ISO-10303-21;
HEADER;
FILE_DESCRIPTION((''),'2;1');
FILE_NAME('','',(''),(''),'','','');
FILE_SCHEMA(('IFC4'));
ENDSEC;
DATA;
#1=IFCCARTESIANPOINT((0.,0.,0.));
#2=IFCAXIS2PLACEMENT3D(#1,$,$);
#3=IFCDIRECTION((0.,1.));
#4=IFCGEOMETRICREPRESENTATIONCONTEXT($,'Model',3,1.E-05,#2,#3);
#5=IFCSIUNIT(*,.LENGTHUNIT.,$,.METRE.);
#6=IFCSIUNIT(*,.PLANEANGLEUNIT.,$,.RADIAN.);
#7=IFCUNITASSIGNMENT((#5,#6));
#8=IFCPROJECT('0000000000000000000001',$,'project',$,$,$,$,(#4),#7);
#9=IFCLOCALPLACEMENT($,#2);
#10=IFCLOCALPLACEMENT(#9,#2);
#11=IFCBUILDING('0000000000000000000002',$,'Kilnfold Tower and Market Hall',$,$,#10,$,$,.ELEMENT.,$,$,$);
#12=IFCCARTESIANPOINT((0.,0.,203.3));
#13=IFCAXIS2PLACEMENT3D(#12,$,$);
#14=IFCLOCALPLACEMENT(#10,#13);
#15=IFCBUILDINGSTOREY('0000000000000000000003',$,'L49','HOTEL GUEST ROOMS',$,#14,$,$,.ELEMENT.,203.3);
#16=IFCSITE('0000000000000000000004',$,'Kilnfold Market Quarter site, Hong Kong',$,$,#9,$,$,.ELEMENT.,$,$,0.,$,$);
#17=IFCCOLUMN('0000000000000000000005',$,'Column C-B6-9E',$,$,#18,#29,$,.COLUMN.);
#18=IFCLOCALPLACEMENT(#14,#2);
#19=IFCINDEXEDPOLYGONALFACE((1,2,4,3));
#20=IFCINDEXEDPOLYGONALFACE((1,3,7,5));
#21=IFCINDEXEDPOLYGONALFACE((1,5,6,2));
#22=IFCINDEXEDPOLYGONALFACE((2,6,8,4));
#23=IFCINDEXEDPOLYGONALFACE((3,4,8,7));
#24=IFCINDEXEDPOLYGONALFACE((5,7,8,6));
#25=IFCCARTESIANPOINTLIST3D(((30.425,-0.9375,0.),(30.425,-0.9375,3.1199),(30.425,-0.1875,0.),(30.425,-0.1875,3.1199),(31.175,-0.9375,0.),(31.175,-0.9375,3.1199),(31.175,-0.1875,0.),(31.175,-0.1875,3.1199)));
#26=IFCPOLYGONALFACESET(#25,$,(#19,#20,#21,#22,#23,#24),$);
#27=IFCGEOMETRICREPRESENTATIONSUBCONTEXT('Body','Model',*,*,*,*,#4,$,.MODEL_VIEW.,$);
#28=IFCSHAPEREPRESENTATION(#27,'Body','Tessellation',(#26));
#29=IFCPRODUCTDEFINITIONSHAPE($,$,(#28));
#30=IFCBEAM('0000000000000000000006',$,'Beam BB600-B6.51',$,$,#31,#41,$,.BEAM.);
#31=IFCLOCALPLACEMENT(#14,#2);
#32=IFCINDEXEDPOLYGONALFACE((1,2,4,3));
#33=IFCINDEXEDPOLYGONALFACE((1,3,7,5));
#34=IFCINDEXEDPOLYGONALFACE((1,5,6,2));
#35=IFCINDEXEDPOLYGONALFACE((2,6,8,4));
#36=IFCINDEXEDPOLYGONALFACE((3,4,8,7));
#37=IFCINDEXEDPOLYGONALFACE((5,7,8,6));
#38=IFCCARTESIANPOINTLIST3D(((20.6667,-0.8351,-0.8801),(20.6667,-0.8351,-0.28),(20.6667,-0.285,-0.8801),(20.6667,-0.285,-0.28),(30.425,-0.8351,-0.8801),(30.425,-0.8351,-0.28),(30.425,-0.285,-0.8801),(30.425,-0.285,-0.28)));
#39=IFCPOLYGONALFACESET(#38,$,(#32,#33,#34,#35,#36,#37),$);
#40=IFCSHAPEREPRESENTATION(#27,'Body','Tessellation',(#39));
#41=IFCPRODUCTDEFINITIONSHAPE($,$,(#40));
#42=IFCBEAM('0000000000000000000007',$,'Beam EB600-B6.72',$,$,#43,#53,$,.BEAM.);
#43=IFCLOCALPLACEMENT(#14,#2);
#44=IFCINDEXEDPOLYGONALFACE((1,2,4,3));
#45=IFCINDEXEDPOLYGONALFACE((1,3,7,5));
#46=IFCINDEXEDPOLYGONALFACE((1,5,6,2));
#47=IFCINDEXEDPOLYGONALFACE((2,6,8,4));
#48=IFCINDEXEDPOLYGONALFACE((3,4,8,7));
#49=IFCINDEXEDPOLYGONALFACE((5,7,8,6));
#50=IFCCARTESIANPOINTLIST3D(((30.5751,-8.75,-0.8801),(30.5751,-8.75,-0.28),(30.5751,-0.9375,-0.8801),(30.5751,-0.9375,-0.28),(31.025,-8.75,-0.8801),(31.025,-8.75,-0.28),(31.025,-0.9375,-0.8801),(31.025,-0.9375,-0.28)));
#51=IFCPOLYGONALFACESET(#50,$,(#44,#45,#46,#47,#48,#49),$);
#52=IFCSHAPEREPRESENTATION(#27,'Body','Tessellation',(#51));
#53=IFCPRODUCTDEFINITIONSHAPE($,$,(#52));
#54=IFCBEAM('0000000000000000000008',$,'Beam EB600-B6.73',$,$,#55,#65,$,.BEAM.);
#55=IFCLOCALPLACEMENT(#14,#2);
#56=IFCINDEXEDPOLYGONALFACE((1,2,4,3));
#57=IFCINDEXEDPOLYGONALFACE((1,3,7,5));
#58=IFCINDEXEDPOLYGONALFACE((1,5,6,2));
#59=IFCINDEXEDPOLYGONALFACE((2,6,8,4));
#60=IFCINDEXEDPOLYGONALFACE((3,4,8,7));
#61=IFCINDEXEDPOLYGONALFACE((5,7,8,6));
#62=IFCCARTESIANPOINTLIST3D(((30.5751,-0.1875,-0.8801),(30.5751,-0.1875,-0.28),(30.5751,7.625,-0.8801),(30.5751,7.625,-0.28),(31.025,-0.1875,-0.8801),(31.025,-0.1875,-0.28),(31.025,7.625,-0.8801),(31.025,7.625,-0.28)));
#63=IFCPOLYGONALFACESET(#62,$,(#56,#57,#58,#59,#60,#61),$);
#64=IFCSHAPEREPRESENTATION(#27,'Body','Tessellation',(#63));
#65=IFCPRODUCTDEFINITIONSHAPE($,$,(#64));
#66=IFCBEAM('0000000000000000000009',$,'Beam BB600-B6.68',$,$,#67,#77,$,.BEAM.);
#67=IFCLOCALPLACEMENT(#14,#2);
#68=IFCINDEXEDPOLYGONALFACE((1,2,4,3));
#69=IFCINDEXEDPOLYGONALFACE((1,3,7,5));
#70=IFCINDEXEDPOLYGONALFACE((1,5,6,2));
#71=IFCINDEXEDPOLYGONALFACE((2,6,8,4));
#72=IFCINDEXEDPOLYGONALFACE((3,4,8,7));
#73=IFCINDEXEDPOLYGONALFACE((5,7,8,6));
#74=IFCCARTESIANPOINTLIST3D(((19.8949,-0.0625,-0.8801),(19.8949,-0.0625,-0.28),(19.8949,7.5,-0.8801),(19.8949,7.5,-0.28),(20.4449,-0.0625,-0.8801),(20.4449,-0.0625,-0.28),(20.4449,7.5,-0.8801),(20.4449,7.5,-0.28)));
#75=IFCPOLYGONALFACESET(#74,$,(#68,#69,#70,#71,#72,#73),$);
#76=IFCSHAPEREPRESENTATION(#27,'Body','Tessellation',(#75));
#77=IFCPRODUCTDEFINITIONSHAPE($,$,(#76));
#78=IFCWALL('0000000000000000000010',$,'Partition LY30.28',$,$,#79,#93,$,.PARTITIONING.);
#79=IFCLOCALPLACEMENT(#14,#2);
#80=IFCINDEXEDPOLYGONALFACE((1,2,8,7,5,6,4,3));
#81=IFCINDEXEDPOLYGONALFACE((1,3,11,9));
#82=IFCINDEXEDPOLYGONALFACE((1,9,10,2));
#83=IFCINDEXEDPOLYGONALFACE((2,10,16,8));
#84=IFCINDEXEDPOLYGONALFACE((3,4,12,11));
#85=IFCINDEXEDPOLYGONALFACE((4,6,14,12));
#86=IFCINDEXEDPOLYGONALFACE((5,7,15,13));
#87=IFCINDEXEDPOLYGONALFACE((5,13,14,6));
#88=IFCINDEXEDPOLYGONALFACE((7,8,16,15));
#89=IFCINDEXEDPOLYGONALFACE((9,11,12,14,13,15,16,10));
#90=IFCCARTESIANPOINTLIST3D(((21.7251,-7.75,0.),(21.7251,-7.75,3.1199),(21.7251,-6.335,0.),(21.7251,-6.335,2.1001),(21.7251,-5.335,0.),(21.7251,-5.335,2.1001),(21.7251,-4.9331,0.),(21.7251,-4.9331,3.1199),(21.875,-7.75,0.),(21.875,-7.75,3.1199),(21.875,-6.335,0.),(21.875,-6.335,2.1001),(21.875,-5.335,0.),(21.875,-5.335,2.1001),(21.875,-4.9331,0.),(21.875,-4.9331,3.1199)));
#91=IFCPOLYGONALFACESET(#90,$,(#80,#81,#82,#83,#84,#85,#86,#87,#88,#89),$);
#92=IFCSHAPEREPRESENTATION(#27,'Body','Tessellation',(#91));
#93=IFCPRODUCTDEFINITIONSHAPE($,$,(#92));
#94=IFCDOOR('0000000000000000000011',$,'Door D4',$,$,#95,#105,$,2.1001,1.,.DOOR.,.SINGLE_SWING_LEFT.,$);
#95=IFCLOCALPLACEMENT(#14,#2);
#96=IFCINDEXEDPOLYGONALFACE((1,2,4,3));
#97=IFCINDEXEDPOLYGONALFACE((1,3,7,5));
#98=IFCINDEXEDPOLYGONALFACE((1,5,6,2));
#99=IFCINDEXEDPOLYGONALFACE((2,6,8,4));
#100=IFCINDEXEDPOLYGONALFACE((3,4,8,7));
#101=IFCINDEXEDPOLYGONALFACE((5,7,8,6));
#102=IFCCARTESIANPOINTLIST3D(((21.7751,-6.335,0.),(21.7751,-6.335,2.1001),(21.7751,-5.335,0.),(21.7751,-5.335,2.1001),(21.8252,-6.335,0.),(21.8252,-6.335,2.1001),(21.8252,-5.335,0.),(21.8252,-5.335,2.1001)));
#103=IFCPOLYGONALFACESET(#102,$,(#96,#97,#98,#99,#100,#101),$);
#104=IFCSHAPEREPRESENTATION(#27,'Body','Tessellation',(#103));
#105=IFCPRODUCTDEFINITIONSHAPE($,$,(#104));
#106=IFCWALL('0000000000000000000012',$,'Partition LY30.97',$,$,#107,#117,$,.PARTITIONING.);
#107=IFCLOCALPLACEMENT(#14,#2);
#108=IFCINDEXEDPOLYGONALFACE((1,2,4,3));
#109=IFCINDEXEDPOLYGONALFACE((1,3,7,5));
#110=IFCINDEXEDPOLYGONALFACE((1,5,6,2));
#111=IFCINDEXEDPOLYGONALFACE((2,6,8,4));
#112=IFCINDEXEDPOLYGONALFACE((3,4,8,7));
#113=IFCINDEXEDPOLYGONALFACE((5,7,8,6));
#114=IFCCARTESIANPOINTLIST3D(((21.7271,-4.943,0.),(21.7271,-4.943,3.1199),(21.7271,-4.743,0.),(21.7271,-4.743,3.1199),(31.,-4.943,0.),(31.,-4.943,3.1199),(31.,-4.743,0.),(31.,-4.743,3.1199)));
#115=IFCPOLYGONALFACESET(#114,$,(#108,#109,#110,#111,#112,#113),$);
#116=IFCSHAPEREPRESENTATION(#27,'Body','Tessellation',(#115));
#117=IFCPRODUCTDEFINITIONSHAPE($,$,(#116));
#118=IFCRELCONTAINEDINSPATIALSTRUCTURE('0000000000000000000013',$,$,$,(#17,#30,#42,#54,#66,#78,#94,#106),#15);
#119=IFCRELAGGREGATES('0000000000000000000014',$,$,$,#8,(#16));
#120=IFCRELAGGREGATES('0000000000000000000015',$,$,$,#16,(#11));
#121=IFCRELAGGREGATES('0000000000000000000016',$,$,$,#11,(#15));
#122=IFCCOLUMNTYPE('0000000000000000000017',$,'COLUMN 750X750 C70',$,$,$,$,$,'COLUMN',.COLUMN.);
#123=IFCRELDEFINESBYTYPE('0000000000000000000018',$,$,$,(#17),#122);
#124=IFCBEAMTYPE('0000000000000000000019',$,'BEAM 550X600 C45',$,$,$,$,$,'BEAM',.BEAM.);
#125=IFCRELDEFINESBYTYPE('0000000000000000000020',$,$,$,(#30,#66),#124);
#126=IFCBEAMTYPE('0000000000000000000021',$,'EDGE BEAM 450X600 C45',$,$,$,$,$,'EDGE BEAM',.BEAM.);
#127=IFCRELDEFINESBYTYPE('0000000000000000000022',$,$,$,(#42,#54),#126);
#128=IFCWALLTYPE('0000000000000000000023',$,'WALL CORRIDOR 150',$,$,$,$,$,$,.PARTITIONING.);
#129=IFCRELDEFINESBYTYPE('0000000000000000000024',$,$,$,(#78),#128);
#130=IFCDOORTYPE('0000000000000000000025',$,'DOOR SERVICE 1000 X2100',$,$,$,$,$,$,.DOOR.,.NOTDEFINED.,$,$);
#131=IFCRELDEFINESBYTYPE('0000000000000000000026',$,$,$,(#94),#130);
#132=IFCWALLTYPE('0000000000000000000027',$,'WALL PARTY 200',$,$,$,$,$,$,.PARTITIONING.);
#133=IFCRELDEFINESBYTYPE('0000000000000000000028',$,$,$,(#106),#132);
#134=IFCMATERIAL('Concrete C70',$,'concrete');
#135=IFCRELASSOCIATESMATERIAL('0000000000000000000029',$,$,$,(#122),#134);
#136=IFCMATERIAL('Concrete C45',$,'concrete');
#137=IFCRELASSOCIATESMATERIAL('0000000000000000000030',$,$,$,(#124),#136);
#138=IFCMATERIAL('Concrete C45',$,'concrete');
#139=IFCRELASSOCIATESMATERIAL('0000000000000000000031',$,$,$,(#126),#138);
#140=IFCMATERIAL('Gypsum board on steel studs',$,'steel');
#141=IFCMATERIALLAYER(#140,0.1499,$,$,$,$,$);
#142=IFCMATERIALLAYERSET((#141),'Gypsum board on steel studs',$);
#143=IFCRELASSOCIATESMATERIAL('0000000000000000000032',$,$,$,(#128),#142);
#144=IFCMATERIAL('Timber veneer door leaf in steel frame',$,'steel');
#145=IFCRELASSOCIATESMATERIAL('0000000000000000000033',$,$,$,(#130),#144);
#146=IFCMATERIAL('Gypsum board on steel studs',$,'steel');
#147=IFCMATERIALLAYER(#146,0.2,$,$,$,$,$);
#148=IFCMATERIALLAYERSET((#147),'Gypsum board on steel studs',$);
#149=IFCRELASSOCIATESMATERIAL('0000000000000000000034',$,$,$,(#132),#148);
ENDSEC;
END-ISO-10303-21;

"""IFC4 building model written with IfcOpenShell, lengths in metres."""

from ifc_helpers import new_model, si_unit, direction, frame, frame_2d, origin, origin_2d, place, context, subcontext, project, spatial, rectangle, extrude, source, transform, mapped, material, layer, layer_set, material_profile, profile_set, type_object, element, fill, save


model = new_model("IFC4")

# Units and contexts
model_context = context("Model", 3, precision=1e-05, world=origin(), true_north=direction((0.0, 1.0)))
body_context = subcontext(model_context, "Body", "Model", "MODEL_VIEW")
ifc_project = project(units=[si_unit("LENGTHUNIT", "METRE"), si_unit("PLANEANGLEUNIT", "RADIAN")], contexts=[model_context])

# Site, building, storey
site_placement = place(None, origin())
site = spatial("IfcSite", under=ifc_project, at=site_placement, Name="Kilnfold Market Quarter site, Hong Kong", CompositionType="ELEMENT", RefElevation=0.0)
building_placement = place(site_placement, origin())
building = spatial("IfcBuilding", under=site, at=building_placement, Name="Kilnfold Tower and Market Hall", CompositionType="ELEMENT")
storey_placement = place(building_placement, frame((0.0, 0.0, 203.3)))
storey = spatial("IfcBuildingStorey", under=building, at=storey_placement, Name="L49", Description="HOTEL GUEST ROOMS", CompositionType="ELEMENT", Elevation=203.3)

# Column
ifc_material_1 = material(Name="Concrete C70", Category="concrete")
ifc_material_profile_1 = material_profile(ifc_material_1, rectangle(XDim=0.75, YDim=0.75, at=origin_2d()), Name="RC 750x750")
ifc_profile_set_1 = profile_set([ifc_material_profile_1], Name="Concrete C70")
column_type = type_object("IfcColumnType", Name="COLUMN 750X750 C70", ElementType="COLUMN", PredefinedType="COLUMN", material=ifc_profile_set_1)
shared_shape_1 = source(origin(), body_context, "Body", "SweptSolid", [
    extrude(rectangle(XDim=0.75, YDim=0.75, at=origin_2d()), origin(), (0.0, 0.0, 1.0), 3.1199),
])
column_placement = place(storey_placement, frame((30.8, -0.5625, 0.0), z_axis=(0.0, 0.0, 1.0), x_axis=(1.0, 0.0, 0.0)))
element("IfcColumn", 1, at=column_placement, inside=storey, type_object=column_type, Name="Column C-B6-9E", PredefinedType="COLUMN", context=body_context, shape_type="MappedRepresentation", body=[
    mapped(shared_shape_1, transform((0.0, 0.0, 0.0))),
])

# Beams
ifc_material_2 = material(Name="Concrete C45", Category="concrete")
ifc_material_profile_2 = material_profile(ifc_material_2, rectangle(XDim=0.55, YDim=0.6001, at=origin_2d()), Name="RC 550x600")
ifc_profile_set_2 = profile_set([ifc_material_profile_2], Name="Concrete C45")
beam_type_1 = type_object("IfcBeamType", Name="BEAM 550X600 C45", ElementType="BEAM", PredefinedType="BEAM", material=ifc_profile_set_2)
shared_shape_2 = source(origin(), body_context, "Body", "SweptSolid", [
    extrude(rectangle(XDim=0.55, YDim=0.6001, at=origin_2d()), origin(), (0.0, 0.0, 1.0), 9.7583),
])
beam_1_placement = place(storey_placement, frame((20.6667, -0.5601, -0.5801), z_axis=(1.0, 0.0, 0.0), x_axis=(0.0, 1.0, 0.0)))
element("IfcBeam", 2, at=beam_1_placement, inside=storey, type_object=beam_type_1, Name="Beam BB600-B6.51", PredefinedType="BEAM", context=body_context, shape_type="MappedRepresentation", body=[
    mapped(shared_shape_2, transform((0.0, 0.0, 0.0))),
])
ifc_material_3 = material(Name="Concrete C45", Category="concrete")
ifc_material_profile_3 = material_profile(ifc_material_3, rectangle(XDim=0.45, YDim=0.6001, at=origin_2d()), Name="RC 450x600")
ifc_profile_set_3 = profile_set([ifc_material_profile_3], Name="Concrete C45")
beam_type_2 = type_object("IfcBeamType", Name="EDGE BEAM 450X600 C45", ElementType="EDGE BEAM", PredefinedType="BEAM", material=ifc_profile_set_3)
shared_shape_3 = source(origin(), body_context, "Body", "SweptSolid", [
    extrude(rectangle(XDim=0.45, YDim=0.6001, at=origin_2d()), origin(), (0.0, 0.0, 1.0), 7.8125),
])
for number, where, z_axis, x_axis, name in (
    (3, (30.8, -8.75, -0.5801), (0.0, 1.0, 0.0), (-1.0, 0.0, 0.0), "Beam EB600-B6.72"),
    (4, (30.8, -0.1875, -0.5801), (0.0, 1.0, 0.0), (-1.0, 0.0, 0.0), "Beam EB600-B6.73"),
):
    element("IfcBeam", number, at=place(storey_placement, frame(where, z_axis=z_axis, x_axis=x_axis)), inside=storey, type_object=beam_type_2, Name=name, PredefinedType="BEAM", context=body_context, shape_type="MappedRepresentation", body=[
        mapped(shared_shape_3, transform((0.0, 0.0, 0.0))),
    ])
shared_shape_4 = source(origin(), body_context, "Body", "SweptSolid", [
    extrude(rectangle(XDim=0.55, YDim=0.6001, at=origin_2d()), origin(), (0.0, 0.0, 1.0), 7.5625),
])
beam_2_placement = place(storey_placement, frame((20.1699, -0.0625, -0.5801), z_axis=(0.0, 1.0, 0.0), x_axis=(-1.0, 0.0, 0.0)))
element("IfcBeam", 5, at=beam_2_placement, inside=storey, type_object=beam_type_1, Name="Beam BB600-B6.68", PredefinedType="BEAM", context=body_context, shape_type="MappedRepresentation", body=[
    mapped(shared_shape_4, transform((0.0, 0.0, 0.0))),
])

# Wall, opening, door
ifc_material_4 = material(Name="Gypsum board on steel studs", Category="steel")
ifc_layer_1 = layer(ifc_material_4, 0.1499)
ifc_layer_set_1 = layer_set([ifc_layer_1], Name="Gypsum board on steel studs")
wall_type_1 = type_object("IfcWallType", Name="WALL CORRIDOR 150", PredefinedType="PARTITIONING", material=ifc_layer_set_1)
wall_1_placement = place(storey_placement, frame((21.8, -7.75, 0.0), z_axis=(0.0, 0.0, 1.0), x_axis=(0.0, 1.0, 0.0)))
wall_1 = element("IfcWall", 6, at=wall_1_placement, inside=storey, type_object=wall_type_1, Name="Partition LY30.28", PredefinedType="PARTITIONING", context=body_context, shape_type="SweptSolid", body=[
    extrude(rectangle(XDim=2.8169, YDim=0.1499, at=frame_2d((1.4084, 0.0))), origin(), (0.0, 0.0, 1.0), 3.1199),
])
opening_1_placement = place(wall_1_placement, frame((1.415, 0.0, 0.0)))
opening_1 = element("IfcOpeningElement", 7, at=opening_1_placement, cuts=wall_1, PredefinedType="OPENING", context=body_context, shape_type="SweptSolid", body=[
    extrude(rectangle(XDim=1.0, YDim=2.1001, at=frame_2d((0.5, 1.05))), frame((0.0, 0.085, 0.0), z_axis=(0.0, -1.0, 0.0), x_axis=(1.0, 0.0, 0.0)), (0.0, 0.0, 1.0), 0.1699),
])
ifc_material_5 = material(Name="Timber veneer door leaf in steel frame", Category="steel")
door_type_1 = type_object("IfcDoorType", Name="DOOR SERVICE 1000 X2100", OperationType="NOTDEFINED", PredefinedType="DOOR", material=ifc_material_5)
door_1_placement = place(opening_1_placement, origin())
door_1 = element("IfcDoor", 8, at=door_1_placement, inside=storey, type_object=door_type_1, Name="Door D4", OperationType="SINGLE_SWING_LEFT", OverallHeight=2.1001, OverallWidth=1.0, PredefinedType="DOOR", context=body_context, shape_type="SweptSolid", body=[
    extrude(rectangle(XDim=1.0, YDim=2.1001, at=frame_2d((0.5, 1.05))), frame((0.0, 0.0249, 0.0), z_axis=(0.0, -1.0, 0.0), x_axis=(1.0, 0.0, 0.0)), (0.0, 0.0, 1.0), 0.05),
])
fill(opening_1, door_1)

# Wall
ifc_material_6 = material(Name="Gypsum board on steel studs", Category="steel")
ifc_layer_2 = layer(ifc_material_6, 0.2)
ifc_layer_set_2 = layer_set([ifc_layer_2], Name="Gypsum board on steel studs")
wall_type_2 = type_object("IfcWallType", Name="WALL PARTY 200", PredefinedType="PARTITIONING", material=ifc_layer_set_2)
wall_2_placement = place(storey_placement, frame((21.7271, -4.843, 0.0), z_axis=(0.0, 0.0, 1.0), x_axis=(1.0, 0.0, 0.0)))
element("IfcWall", 9, at=wall_2_placement, inside=storey, type_object=wall_type_2, Name="Partition LY30.97", PredefinedType="PARTITIONING", context=body_context, shape_type="SweptSolid", body=[
    extrude(rectangle(XDim=9.2729, YDim=0.2, at=frame_2d((4.6365, 0.0))), origin(), (0.0, 0.0, 1.0), 3.1199),
])

save(model, "model.ifc")
